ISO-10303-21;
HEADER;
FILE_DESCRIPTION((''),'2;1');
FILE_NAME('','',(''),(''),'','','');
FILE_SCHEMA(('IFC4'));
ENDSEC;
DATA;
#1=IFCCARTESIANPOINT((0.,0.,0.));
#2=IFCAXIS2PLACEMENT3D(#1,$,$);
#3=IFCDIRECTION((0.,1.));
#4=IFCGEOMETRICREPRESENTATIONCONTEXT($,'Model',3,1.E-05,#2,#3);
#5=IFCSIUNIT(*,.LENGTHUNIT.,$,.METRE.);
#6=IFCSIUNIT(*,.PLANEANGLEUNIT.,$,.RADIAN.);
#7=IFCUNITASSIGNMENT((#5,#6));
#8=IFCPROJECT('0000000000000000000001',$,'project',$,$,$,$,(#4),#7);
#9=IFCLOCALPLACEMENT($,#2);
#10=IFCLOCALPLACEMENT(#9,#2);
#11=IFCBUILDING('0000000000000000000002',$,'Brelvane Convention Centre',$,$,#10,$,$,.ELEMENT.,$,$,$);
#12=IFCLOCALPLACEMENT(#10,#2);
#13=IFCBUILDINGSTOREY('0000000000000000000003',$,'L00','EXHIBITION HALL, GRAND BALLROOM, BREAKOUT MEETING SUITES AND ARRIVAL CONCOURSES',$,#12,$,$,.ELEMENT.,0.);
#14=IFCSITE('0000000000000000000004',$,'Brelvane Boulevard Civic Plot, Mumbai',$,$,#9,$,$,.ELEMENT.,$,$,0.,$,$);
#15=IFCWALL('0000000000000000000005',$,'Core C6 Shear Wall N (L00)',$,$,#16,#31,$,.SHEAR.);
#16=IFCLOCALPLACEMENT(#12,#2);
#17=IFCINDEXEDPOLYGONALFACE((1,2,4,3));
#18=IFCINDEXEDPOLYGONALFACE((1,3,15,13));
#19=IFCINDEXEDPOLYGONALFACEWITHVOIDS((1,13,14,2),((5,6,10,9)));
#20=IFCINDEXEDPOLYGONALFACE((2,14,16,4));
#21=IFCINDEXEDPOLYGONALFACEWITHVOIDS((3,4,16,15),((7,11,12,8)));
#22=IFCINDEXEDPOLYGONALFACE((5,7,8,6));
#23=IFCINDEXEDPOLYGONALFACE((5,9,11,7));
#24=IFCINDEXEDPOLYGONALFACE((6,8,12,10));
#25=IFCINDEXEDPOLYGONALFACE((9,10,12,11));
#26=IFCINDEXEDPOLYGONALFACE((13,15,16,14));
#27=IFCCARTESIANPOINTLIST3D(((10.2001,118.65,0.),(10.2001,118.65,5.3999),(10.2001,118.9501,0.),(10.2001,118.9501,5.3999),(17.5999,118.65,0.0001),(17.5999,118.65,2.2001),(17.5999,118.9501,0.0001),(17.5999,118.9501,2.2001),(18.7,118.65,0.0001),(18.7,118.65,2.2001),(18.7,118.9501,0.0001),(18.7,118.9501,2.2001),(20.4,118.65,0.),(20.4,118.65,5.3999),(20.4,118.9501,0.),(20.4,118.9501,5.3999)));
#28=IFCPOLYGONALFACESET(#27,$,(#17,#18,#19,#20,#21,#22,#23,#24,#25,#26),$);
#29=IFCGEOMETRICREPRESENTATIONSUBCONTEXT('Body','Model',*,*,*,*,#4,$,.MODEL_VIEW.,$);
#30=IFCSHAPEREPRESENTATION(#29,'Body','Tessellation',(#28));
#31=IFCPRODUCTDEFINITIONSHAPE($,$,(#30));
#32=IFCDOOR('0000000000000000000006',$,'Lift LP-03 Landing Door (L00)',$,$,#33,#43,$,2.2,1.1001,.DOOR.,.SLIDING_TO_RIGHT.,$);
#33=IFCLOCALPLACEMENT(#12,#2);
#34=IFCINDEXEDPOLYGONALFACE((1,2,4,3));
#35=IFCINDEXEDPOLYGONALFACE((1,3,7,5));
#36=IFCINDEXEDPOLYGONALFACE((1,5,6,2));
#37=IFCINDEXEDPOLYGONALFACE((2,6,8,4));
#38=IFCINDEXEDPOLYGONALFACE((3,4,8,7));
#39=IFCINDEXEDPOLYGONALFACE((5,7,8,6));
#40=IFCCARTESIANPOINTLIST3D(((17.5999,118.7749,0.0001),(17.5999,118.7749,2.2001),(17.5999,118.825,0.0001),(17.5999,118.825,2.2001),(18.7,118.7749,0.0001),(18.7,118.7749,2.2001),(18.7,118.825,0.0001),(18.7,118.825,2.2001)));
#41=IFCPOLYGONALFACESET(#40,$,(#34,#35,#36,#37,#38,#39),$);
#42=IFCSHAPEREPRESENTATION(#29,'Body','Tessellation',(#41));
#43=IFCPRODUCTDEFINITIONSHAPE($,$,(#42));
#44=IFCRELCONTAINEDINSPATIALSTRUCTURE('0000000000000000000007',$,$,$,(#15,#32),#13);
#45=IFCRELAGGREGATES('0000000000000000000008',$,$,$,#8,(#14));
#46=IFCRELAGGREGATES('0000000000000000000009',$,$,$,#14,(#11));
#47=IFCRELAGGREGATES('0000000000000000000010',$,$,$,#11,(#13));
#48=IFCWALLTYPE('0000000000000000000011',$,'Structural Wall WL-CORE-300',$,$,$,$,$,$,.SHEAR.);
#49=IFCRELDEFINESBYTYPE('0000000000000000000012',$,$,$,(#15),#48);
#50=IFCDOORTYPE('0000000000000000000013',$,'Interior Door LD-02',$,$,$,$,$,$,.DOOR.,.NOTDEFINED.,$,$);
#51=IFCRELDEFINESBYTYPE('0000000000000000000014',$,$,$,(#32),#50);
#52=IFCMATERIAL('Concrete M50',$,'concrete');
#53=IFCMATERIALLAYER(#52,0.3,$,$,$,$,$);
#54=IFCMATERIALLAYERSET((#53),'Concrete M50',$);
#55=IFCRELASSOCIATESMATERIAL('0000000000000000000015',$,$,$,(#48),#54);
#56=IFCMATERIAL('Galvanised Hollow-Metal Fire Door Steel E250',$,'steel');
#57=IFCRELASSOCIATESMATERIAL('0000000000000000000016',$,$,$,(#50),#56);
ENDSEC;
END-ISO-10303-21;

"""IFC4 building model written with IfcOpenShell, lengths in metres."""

from ifc_helpers import new_model, si_unit, direction, frame, frame_2d, origin, place, context, subcontext, project, spatial, rectangle, extrude, material, layer, layer_set, type_object, element, fill, save


model = new_model("IFC4")

# Units and contexts
model_context = context("Model", 3, precision=1e-05, world=origin(), true_north=direction((0.0, 1.0)))
body_context = subcontext(model_context, "Body", "Model", "MODEL_VIEW")
ifc_project = project(units=[si_unit("LENGTHUNIT", "METRE"), si_unit("PLANEANGLEUNIT", "RADIAN")], contexts=[model_context])

# Site, building, storey
site_placement = place(None, origin())
site = spatial("IfcSite", under=ifc_project, at=site_placement, Name="Brelvane Boulevard Civic Plot, Mumbai", CompositionType="ELEMENT", RefElevation=0.0)
building_placement = place(site_placement, origin())
building = spatial("IfcBuilding", under=site, at=building_placement, Name="Brelvane Convention Centre", CompositionType="ELEMENT")
storey_placement = place(building_placement, origin())
storey = spatial("IfcBuildingStorey", under=building, at=storey_placement, Name="L00", Description="EXHIBITION HALL, GRAND BALLROOM, BREAKOUT MEETING SUITES AND ARRIVAL CONCOURSES", CompositionType="ELEMENT", Elevation=0.0)

# Wall, opening, door
ifc_material_1 = material(Name="Concrete M50", Category="concrete")
ifc_layer_1 = layer(ifc_material_1, 0.3)
ifc_layer_set_1 = layer_set([ifc_layer_1], Name="Concrete M50")
wall_type_1 = type_object("IfcWallType", Name="Structural Wall WL-CORE-300", PredefinedType="SHEAR", material=ifc_layer_set_1)
wall_1_placement = place(storey_placement, frame((10.2, 118.8, 0.0), z_axis=(0.0, 0.0, 1.0), x_axis=(1.0, 0.0, 0.0)))
wall_1 = element("IfcWall", 1, at=wall_1_placement, inside=storey, type_object=wall_type_1, Name="Core C6 Shear Wall N (L00)", PredefinedType="SHEAR", context=body_context, shape_type="SweptSolid", body=[
    extrude(rectangle(XDim=10.2, YDim=0.3, at=frame_2d((5.1001, 0.0))), origin(), (0.0, 0.0, 1.0), 5.3999),
])
opening_1_placement = place(wall_1_placement, frame((7.3999, 0.0, 0.0)))
opening_1 = element("IfcOpeningElement", 2, at=opening_1_placement, cuts=wall_1, PredefinedType="OPENING", context=body_context, shape_type="SweptSolid", body=[
    extrude(rectangle(XDim=1.1001, YDim=2.2, at=frame_2d((0.55, 1.1001))), frame((0.0, 0.1599, 0.0), z_axis=(0.0, -1.0, 0.0), x_axis=(1.0, 0.0, 0.0)), (0.0, 0.0, 1.0), 0.3201),
])
ifc_material_2 = material(Name="Galvanised Hollow-Metal Fire Door Steel E250", Category="steel")
door_type_1 = type_object("IfcDoorType", Name="Interior Door LD-02", OperationType="NOTDEFINED", PredefinedType="DOOR", material=ifc_material_2)
door_1_placement = place(opening_1_placement, origin())
door_1 = element("IfcDoor", 3, at=door_1_placement, inside=storey, type_object=door_type_1, Name="Lift LP-03 Landing Door (L00)", OperationType="SLIDING_TO_RIGHT", OverallHeight=2.2, OverallWidth=1.1001, PredefinedType="DOOR", context=body_context, shape_type="SweptSolid", body=[
    extrude(rectangle(XDim=1.1001, YDim=2.2, at=frame_2d((0.55, 1.1001))), frame((0.0, 0.0249, 0.0), z_axis=(0.0, -1.0, 0.0), x_axis=(1.0, 0.0, 0.0)), (0.0, 0.0, 1.0), 0.05),
])
fill(opening_1, door_1)

save(model, "model.ifc")
